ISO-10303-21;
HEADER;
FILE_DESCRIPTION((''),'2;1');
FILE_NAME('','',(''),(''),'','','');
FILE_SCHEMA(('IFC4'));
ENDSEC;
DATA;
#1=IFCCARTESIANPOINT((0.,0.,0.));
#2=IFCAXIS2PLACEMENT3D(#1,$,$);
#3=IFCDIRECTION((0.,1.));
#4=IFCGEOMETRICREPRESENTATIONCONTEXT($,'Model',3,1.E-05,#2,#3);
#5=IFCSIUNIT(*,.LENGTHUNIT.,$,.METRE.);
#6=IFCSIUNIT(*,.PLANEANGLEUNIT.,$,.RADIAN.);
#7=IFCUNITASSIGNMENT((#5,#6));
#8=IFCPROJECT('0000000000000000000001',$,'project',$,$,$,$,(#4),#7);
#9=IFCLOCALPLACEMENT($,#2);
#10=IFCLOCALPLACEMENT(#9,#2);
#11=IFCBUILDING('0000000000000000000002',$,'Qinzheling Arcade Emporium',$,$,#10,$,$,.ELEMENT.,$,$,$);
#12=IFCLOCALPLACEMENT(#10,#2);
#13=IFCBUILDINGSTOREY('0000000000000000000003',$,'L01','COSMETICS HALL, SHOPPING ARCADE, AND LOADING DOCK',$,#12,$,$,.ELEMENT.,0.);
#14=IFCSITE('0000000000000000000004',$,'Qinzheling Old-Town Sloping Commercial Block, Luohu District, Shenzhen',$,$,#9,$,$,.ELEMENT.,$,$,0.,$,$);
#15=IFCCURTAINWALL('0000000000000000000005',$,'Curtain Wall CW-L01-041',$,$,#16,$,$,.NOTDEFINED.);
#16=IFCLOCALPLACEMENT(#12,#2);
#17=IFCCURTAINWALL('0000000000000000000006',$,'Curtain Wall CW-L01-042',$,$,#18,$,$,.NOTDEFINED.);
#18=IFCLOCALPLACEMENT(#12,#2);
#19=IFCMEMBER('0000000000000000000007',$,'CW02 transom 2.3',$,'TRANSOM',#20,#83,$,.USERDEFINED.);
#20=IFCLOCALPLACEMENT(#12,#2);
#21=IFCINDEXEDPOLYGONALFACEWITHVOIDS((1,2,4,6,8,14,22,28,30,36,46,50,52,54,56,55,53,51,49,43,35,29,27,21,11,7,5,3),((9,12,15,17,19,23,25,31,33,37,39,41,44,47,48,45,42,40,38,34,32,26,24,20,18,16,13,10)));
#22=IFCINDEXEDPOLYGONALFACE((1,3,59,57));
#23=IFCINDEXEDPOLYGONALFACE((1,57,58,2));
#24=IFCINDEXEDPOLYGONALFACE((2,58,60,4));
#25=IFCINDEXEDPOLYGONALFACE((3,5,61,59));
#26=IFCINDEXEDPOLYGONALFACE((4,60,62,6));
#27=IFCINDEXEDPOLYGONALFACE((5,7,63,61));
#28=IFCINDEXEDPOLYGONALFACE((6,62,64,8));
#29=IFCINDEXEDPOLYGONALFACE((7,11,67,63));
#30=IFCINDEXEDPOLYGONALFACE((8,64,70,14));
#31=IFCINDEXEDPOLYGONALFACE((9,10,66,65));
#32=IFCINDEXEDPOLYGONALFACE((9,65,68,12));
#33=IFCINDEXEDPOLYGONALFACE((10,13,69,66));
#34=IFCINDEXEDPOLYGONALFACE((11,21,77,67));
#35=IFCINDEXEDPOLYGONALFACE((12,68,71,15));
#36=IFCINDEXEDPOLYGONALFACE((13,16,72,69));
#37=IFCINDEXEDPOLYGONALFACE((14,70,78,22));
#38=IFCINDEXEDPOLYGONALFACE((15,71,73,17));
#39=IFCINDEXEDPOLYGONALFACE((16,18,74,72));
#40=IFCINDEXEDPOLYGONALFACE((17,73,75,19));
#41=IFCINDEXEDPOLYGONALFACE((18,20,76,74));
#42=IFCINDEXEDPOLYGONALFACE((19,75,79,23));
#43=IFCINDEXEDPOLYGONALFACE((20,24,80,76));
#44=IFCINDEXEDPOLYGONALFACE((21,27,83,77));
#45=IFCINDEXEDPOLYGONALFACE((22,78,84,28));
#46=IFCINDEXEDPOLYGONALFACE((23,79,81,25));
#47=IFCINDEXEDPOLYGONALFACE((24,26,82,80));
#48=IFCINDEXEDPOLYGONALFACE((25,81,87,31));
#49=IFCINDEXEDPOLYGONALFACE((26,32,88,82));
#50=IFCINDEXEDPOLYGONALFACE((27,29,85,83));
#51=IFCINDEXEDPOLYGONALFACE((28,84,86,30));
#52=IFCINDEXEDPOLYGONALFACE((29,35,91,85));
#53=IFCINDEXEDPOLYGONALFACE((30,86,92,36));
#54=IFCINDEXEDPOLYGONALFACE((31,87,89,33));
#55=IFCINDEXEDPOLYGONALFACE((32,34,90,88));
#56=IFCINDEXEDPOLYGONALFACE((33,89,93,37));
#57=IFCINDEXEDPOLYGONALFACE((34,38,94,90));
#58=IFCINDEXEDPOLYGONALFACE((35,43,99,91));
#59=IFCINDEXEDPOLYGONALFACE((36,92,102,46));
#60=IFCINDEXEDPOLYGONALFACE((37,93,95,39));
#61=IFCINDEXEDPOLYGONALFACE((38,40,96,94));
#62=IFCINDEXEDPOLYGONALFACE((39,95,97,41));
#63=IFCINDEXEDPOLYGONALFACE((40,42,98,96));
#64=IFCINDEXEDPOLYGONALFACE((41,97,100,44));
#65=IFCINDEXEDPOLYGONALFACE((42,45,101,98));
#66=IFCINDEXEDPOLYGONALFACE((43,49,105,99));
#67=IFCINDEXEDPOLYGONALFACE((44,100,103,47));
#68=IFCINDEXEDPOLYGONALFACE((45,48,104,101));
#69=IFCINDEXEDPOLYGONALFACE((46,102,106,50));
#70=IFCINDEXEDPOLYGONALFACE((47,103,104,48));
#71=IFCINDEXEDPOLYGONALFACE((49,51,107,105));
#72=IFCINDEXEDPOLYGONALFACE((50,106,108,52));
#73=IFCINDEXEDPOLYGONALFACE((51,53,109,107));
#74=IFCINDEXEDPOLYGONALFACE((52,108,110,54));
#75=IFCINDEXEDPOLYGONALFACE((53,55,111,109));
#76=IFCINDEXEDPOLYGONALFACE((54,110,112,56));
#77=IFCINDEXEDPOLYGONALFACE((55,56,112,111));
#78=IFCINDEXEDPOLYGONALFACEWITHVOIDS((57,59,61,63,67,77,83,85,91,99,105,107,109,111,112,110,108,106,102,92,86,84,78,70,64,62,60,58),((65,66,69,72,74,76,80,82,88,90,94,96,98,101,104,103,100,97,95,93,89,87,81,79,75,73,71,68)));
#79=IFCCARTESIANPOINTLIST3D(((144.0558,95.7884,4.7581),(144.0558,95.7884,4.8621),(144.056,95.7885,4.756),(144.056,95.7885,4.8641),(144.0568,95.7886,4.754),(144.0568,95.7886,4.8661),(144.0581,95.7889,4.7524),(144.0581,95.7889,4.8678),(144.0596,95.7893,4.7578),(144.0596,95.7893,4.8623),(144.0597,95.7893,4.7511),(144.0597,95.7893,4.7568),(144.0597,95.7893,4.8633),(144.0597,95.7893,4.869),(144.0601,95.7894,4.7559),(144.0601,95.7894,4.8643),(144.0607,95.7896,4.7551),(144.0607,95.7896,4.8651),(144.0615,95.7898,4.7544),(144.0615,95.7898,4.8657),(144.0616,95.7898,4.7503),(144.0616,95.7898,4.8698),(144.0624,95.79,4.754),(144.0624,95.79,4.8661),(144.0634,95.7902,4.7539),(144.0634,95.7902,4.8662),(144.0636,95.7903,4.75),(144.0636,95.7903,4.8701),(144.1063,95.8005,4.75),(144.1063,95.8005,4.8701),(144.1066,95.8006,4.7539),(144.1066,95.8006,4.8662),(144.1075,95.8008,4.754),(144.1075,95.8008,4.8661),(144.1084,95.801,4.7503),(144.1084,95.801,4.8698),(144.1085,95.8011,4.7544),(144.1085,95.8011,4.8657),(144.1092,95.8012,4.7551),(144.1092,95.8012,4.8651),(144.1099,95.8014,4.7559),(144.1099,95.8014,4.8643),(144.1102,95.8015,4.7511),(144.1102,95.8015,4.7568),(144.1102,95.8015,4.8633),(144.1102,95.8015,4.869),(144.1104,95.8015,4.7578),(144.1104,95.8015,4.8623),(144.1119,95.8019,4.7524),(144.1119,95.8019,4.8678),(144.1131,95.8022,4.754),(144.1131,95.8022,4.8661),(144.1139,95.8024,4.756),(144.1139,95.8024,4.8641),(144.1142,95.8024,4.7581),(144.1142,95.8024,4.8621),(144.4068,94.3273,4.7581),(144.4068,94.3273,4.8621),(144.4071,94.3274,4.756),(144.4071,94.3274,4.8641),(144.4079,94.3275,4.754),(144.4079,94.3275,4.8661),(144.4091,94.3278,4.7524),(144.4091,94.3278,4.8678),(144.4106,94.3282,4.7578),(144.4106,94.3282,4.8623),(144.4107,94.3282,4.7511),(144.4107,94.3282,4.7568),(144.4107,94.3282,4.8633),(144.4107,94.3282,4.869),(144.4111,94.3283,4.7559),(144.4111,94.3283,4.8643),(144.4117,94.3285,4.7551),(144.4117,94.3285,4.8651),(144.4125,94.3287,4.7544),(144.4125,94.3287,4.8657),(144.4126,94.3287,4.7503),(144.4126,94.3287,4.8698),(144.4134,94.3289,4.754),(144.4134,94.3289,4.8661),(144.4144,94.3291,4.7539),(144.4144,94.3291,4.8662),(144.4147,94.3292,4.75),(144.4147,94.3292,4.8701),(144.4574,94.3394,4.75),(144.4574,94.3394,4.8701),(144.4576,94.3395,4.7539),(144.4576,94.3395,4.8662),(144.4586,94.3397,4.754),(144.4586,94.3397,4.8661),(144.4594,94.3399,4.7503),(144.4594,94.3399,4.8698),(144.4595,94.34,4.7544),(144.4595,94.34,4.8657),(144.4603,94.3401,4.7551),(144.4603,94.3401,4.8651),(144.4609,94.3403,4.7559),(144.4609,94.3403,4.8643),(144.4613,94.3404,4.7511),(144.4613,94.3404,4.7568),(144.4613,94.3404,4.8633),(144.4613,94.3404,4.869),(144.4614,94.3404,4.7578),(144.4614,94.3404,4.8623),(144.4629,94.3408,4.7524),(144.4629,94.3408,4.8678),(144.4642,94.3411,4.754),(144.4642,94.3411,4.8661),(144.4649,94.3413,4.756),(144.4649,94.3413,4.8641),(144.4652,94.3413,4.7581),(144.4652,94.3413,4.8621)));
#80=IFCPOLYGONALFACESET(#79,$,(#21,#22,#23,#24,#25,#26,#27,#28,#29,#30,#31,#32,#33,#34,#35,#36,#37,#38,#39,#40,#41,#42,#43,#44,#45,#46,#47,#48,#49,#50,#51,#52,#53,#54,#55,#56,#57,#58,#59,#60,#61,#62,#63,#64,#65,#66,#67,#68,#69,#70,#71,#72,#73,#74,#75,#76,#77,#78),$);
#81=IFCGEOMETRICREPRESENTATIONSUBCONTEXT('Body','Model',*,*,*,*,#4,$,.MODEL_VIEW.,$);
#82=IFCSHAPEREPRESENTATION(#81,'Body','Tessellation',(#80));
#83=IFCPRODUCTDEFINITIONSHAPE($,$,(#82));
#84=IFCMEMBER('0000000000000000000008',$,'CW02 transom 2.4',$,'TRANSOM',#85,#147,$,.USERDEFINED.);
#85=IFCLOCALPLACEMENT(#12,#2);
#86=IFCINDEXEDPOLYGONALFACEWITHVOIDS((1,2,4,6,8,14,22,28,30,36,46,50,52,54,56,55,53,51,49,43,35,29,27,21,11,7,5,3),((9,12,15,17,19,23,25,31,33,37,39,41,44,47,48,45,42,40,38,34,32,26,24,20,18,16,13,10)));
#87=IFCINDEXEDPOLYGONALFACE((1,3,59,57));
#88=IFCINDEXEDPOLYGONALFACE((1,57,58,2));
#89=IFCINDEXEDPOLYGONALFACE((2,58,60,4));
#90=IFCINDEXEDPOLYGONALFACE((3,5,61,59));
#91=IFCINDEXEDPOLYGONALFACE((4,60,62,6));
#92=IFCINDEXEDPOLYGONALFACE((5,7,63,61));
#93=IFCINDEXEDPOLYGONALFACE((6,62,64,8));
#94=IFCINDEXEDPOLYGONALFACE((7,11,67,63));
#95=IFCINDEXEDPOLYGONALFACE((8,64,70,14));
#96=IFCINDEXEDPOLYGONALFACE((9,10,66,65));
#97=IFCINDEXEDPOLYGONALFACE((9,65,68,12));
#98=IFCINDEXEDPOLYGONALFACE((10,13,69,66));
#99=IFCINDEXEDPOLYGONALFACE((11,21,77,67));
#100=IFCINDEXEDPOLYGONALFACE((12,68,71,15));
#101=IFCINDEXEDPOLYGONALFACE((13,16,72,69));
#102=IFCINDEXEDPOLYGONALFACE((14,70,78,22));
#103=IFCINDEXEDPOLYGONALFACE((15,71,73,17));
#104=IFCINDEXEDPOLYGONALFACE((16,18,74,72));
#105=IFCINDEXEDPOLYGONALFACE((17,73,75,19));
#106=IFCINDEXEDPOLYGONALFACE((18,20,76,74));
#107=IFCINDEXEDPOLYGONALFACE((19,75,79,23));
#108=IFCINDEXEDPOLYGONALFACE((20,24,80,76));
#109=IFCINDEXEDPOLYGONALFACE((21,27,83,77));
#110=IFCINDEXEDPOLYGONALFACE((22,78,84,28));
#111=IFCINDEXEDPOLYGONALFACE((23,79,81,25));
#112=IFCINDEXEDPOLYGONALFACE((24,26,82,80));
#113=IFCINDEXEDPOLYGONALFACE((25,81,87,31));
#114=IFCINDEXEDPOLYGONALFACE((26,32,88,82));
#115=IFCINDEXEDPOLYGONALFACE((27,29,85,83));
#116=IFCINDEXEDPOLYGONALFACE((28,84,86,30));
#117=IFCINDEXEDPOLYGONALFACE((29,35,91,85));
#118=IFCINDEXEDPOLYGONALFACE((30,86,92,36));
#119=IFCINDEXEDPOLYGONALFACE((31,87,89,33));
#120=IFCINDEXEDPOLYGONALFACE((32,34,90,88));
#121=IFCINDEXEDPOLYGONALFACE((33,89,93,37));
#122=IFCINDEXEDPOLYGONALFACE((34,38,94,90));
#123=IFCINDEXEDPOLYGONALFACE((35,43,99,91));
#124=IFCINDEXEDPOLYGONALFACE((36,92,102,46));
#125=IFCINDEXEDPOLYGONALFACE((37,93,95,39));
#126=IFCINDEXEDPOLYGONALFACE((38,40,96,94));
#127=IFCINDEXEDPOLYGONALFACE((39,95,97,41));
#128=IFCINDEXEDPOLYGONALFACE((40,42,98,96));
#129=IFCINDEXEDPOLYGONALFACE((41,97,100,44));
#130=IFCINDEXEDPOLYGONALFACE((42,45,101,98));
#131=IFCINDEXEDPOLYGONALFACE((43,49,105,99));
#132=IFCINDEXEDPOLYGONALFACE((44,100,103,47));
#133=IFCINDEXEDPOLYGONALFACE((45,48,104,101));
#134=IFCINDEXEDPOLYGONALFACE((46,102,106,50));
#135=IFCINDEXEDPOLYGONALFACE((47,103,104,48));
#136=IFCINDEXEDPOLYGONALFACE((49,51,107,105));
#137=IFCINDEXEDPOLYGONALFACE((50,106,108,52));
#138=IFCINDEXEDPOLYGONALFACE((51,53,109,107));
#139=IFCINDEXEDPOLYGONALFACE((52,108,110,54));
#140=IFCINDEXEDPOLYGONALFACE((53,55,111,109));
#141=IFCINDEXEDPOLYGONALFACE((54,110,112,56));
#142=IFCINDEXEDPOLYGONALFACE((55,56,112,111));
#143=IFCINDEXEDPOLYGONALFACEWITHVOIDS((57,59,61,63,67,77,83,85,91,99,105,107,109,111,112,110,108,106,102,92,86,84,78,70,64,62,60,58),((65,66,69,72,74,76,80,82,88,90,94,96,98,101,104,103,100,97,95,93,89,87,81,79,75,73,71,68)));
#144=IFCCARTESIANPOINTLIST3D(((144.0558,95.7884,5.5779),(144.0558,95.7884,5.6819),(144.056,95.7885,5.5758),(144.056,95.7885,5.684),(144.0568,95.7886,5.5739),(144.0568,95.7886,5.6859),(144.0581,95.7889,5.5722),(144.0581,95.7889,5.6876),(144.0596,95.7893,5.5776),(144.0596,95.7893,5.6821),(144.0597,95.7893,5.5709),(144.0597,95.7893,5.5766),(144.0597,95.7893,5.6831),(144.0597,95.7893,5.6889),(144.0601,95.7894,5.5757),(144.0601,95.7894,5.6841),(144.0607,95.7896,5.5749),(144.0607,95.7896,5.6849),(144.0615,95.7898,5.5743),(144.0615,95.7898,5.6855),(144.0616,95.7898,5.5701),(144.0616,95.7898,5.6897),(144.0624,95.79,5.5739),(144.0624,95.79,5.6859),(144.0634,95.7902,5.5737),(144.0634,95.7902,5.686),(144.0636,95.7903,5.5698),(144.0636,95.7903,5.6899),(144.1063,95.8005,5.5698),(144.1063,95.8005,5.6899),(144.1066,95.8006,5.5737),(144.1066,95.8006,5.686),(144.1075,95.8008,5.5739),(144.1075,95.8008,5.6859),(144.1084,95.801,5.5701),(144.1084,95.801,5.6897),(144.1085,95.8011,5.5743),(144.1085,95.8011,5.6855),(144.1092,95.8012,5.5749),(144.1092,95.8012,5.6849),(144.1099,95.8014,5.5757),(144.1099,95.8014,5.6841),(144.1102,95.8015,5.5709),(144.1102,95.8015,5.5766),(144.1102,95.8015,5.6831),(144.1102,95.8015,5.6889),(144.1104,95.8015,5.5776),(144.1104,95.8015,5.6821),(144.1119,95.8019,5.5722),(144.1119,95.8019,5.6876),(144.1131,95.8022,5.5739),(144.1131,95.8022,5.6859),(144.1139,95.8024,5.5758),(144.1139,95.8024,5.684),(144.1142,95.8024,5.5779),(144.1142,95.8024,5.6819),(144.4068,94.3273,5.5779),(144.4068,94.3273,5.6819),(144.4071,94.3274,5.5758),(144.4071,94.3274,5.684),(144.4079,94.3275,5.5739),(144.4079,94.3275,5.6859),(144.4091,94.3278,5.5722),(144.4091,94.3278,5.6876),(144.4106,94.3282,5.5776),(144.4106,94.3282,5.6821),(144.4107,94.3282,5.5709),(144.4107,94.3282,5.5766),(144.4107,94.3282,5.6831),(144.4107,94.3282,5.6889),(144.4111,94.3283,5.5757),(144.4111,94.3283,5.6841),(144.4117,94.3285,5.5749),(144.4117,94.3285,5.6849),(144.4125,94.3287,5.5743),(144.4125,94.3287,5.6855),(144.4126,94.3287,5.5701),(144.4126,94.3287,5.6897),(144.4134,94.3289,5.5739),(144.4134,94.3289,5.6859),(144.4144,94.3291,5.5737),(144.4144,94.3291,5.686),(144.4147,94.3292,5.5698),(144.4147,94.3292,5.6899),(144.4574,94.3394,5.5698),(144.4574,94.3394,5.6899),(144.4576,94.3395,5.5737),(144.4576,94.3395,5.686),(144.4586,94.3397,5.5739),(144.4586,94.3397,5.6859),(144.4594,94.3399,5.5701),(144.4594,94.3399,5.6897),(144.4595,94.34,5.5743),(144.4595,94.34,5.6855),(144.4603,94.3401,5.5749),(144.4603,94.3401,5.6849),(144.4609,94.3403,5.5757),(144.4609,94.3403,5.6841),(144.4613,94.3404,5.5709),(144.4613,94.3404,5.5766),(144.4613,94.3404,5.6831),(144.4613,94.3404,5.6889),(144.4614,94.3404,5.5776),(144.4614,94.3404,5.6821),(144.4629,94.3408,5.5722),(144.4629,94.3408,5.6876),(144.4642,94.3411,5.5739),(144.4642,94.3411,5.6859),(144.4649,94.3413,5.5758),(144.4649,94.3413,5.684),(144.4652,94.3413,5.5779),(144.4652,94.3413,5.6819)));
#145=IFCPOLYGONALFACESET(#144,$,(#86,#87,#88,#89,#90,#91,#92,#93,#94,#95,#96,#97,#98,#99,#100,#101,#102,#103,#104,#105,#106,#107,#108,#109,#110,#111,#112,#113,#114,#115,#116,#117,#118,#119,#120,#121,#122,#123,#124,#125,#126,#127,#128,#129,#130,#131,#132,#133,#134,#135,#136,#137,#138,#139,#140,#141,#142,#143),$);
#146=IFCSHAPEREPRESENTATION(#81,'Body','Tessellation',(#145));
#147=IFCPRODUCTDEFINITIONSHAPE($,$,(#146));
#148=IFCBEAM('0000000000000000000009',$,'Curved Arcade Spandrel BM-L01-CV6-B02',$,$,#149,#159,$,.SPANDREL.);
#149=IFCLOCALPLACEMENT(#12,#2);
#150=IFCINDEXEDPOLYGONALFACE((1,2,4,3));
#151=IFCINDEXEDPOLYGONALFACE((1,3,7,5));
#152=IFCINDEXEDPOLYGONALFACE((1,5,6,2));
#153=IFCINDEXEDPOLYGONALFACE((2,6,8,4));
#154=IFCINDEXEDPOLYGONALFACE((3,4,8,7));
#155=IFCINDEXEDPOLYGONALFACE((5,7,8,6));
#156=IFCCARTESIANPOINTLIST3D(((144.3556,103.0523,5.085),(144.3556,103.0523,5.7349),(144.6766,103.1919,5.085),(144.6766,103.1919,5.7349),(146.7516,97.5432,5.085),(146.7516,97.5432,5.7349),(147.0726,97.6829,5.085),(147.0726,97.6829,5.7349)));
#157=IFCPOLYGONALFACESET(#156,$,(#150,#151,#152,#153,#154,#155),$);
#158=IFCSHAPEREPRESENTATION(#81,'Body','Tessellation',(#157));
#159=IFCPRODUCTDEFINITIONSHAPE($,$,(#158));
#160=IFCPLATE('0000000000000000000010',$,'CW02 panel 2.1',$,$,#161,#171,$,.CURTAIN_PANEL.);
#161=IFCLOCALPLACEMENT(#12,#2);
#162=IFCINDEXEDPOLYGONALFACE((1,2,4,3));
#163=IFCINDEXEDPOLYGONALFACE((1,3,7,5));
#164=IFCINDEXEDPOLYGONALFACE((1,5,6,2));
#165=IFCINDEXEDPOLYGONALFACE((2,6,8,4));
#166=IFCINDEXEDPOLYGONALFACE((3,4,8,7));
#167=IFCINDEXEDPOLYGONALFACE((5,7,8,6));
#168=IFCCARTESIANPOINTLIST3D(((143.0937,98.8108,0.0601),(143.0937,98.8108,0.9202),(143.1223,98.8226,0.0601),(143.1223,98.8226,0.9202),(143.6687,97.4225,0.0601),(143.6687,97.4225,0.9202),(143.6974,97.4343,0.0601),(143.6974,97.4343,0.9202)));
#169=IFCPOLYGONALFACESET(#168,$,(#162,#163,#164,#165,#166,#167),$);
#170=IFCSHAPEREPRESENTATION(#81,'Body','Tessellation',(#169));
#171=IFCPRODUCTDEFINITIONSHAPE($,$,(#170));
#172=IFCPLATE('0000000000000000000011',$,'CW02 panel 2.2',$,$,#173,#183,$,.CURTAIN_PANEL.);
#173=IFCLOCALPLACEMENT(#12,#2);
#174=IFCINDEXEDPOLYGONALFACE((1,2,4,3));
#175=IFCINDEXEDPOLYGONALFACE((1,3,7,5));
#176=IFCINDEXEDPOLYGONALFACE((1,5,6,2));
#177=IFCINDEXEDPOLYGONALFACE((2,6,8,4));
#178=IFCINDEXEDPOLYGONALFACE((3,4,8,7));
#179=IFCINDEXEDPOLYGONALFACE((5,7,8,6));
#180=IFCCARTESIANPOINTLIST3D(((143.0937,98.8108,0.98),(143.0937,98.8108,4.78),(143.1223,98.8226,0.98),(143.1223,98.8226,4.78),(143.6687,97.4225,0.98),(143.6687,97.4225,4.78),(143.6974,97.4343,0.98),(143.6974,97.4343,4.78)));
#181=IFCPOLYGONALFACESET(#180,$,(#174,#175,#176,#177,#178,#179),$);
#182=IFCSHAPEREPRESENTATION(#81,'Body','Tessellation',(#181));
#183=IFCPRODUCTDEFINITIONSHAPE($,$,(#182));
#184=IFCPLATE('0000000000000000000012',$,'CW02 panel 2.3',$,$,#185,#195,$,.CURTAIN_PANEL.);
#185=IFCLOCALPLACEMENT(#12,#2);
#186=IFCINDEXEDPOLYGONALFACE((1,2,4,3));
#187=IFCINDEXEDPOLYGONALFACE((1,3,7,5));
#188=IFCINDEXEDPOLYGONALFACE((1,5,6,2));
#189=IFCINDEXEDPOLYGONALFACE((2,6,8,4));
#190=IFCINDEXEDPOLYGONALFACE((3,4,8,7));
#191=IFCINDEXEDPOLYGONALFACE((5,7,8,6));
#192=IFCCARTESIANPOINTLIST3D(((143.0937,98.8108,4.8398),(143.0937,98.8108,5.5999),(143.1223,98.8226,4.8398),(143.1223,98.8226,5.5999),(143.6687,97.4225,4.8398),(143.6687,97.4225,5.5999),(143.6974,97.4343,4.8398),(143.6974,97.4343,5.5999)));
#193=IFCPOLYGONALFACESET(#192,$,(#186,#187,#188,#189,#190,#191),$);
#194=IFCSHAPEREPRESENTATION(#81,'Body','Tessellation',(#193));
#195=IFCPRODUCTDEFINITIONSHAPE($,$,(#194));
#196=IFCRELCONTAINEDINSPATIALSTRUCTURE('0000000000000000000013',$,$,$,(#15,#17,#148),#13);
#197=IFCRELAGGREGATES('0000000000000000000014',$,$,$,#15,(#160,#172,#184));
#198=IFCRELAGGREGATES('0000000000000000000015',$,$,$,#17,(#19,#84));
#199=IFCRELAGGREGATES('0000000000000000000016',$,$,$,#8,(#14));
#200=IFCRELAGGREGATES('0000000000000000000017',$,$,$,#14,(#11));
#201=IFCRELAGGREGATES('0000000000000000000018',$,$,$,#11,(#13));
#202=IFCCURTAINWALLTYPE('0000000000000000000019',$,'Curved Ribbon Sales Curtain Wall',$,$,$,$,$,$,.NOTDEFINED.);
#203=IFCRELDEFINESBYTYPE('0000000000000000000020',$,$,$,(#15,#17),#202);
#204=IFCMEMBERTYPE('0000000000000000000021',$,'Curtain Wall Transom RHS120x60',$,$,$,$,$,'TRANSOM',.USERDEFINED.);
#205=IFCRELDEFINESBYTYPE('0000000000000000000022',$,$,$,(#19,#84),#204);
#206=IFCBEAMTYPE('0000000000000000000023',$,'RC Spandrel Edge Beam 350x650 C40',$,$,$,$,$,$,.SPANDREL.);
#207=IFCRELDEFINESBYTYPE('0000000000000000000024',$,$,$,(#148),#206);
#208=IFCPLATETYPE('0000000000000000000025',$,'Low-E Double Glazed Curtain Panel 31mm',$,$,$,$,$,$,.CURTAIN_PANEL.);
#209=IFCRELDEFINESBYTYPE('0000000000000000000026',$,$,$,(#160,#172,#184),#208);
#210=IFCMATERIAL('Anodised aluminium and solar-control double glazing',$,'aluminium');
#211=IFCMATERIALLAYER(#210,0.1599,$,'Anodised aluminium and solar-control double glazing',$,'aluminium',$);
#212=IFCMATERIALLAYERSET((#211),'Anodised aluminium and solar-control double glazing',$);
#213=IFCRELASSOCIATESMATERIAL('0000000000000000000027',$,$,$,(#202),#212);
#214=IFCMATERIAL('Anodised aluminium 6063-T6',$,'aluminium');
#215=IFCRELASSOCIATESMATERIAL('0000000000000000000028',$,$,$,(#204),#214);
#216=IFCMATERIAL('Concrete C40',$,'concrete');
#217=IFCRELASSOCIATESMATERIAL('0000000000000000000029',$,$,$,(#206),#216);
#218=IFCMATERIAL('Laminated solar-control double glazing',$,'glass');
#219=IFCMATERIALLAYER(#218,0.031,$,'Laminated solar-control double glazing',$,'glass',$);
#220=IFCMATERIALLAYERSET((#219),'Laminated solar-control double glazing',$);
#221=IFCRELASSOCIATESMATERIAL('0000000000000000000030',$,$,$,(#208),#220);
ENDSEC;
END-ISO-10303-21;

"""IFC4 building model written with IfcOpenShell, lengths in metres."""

from ifc_helpers import new_model, si_unit, direction, frame, origin, origin_2d, place, context, subcontext, project, spatial, rectangle, hollow_rectangle, extrude, material, layer, layer_set, material_profile, profile_set, type_object, element, aggregate, save


model = new_model("IFC4")

# Units and contexts
model_context = context("Model", 3, precision=1e-05, world=origin(), true_north=direction((0.0, 1.0)))
body_context = subcontext(model_context, "Body", "Model", "MODEL_VIEW")
ifc_project = project(units=[si_unit("LENGTHUNIT", "METRE"), si_unit("PLANEANGLEUNIT", "RADIAN")], contexts=[model_context])

# Site, building, storey
site_placement = place(None, origin())
site = spatial("IfcSite", under=ifc_project, at=site_placement, Name="Qinzheling Old-Town Sloping Commercial Block, Luohu District, Shenzhen", CompositionType="ELEMENT", RefElevation=0.0)
building_placement = place(site_placement, origin())
building = spatial("IfcBuilding", under=site, at=building_placement, Name="Qinzheling Arcade Emporium", CompositionType="ELEMENT")
storey_placement = place(building_placement, origin())
storey = spatial("IfcBuildingStorey", under=building, at=storey_placement, Name="L01", Description="COSMETICS HALL, SHOPPING ARCADE, AND LOADING DOCK", CompositionType="ELEMENT", Elevation=0.0)

# Curtain walls
ifc_material_1 = material(Name="Anodised aluminium and solar-control double glazing", Category="aluminium")
ifc_layer_1 = layer(ifc_material_1, 0.1599, Name="Anodised aluminium and solar-control double glazing", Category="aluminium")
ifc_layer_set_1 = layer_set([ifc_layer_1], Name="Anodised aluminium and solar-control double glazing")
curtain_wall_type = type_object("IfcCurtainWallType", Name="Curved Ribbon Sales Curtain Wall", PredefinedType="NOTDEFINED", material=ifc_layer_set_1)
curtain_wall_1_placement = place(storey_placement, origin())
curtain_wall_1 = element("IfcCurtainWall", 1, at=curtain_wall_1_placement, inside=storey, type_object=curtain_wall_type, Name="Curtain Wall CW-L01-041", PredefinedType="NOTDEFINED")
ifc_material_2 = material(Name="Anodised aluminium 6063-T6", Category="aluminium")
curtain_wall_2_placement = place(storey_placement, origin())
curtain_wall_2 = element("IfcCurtainWall", 2, at=curtain_wall_2_placement, inside=storey, type_object=curtain_wall_type, Name="Curtain Wall CW-L01-042", PredefinedType="NOTDEFINED")

# Members
ifc_material_profile_1 = material_profile(ifc_material_2, hollow_rectangle(XDim=0.0601, YDim=0.1201, WallThickness=0.0039, InnerFilletRadius=0.0039, OuterFilletRadius=0.0081, at=origin_2d()), Name="RHS 120x60x4", Category="aluminium")
ifc_profile_set_1 = profile_set([ifc_material_profile_1], Name="Anodised aluminium 6063-T6")
member_type_1 = type_object("IfcMemberType", Name="Curtain Wall Transom RHS120x60", ElementType="TRANSOM", PredefinedType="USERDEFINED", material=ifc_profile_set_1)
member_1_placement = place(storey_placement, frame((144.085, 95.7954, 4.8101), z_axis=(0.233619, -0.972328, 0.0), x_axis=(0.972328, 0.233619, 0.0)))
member_1 = element("IfcMember", 3, at=member_1_placement, type_object=member_type_1, Name="CW02 transom 2.3", ObjectType="TRANSOM", PredefinedType="USERDEFINED", context=body_context, shape_type="SweptSolid", body=[
    extrude(hollow_rectangle(XDim=0.0601, YDim=0.1201, WallThickness=0.0039, InnerFilletRadius=0.0039, OuterFilletRadius=0.0081, at=origin_2d()), origin(), (0.0, 0.0, 1.0), 1.5027),
])
member_2_placement = place(storey_placement, frame((144.085, 95.7954, 5.6299), z_axis=(0.233619, -0.972328, 0.0), x_axis=(0.972328, 0.233619, 0.0)))
member_2 = element("IfcMember", 4, at=member_2_placement, type_object=member_type_1, Name="CW02 transom 2.4", ObjectType="TRANSOM", PredefinedType="USERDEFINED", context=body_context, shape_type="SweptSolid", body=[
    extrude(hollow_rectangle(XDim=0.0601, YDim=0.1201, WallThickness=0.0039, InnerFilletRadius=0.0039, OuterFilletRadius=0.0081, at=origin_2d()), origin(), (0.0, 0.0, 1.0), 1.5027),
])

# Beam
ifc_material_3 = material(Name="Concrete C40", Category="concrete")
ifc_material_profile_2 = material_profile(ifc_material_3, rectangle(XDim=0.3501, YDim=0.6499, at=origin_2d()), Name="RC 350x650", Category="concrete")
ifc_profile_set_2 = profile_set([ifc_material_profile_2], Name="Concrete C40")
beam_type_1 = type_object("IfcBeamType", Name="RC Spandrel Edge Beam 350x650 C40", PredefinedType="SPANDREL", material=ifc_profile_set_2)
beam_1_placement = place(storey_placement, frame((146.9121, 97.613, 5.4099), z_axis=(-0.398833, 0.917024, 0.0), x_axis=(-0.917024, -0.398833, 0.0)))
element("IfcBeam", 5, at=beam_1_placement, inside=storey, type_object=beam_type_1, Name="Curved Arcade Spandrel BM-L01-CV6-B02", PredefinedType="SPANDREL", context=body_context, shape_type="SweptSolid", body=[
    extrude(rectangle(XDim=0.3501, YDim=0.6499, at=origin_2d()), origin(), (0.0, 0.0, 1.0), 6.0076),
])

# Plates
ifc_material_4 = material(Name="Laminated solar-control double glazing", Category="glass")
ifc_layer_2 = layer(ifc_material_4, 0.031, Name="Laminated solar-control double glazing", Category="glass")
ifc_layer_set_2 = layer_set([ifc_layer_2], Name="Laminated solar-control double glazing")
plate_type_1 = type_object("IfcPlateType", Name="Low-E Double Glazed Curtain Panel 31mm", PredefinedType="CURTAIN_PANEL", material=ifc_layer_set_2)
plate_1_placement = place(storey_placement, frame((143.3955, 98.1226, 0.0601), z_axis=(0.0, 0.0, 1.0), x_axis=(0.382675, -0.923883, 0.0)))
plate_1 = element("IfcPlate", 6, at=plate_1_placement, type_object=plate_type_1, Name="CW02 panel 2.1", PredefinedType="CURTAIN_PANEL", context=body_context, shape_type="SweptSolid", body=[
    extrude(rectangle(XDim=1.5027, YDim=0.031, at=origin_2d()), origin(), (0.0, 0.0, 1.0), 0.8601),
])
plate_2_placement = place(storey_placement, frame((143.3955, 98.1226, 0.98), z_axis=(0.0, 0.0, 1.0), x_axis=(0.382675, -0.923883, 0.0)))
plate_2 = element("IfcPlate", 7, at=plate_2_placement, type_object=plate_type_1, Name="CW02 panel 2.2", PredefinedType="CURTAIN_PANEL", context=body_context, shape_type="SweptSolid", body=[
    extrude(rectangle(XDim=1.5027, YDim=0.031, at=origin_2d()), origin(), (0.0, 0.0, 1.0), 3.8),
])
plate_3_placement = place(storey_placement, frame((143.3955, 98.1226, 4.8398), z_axis=(0.0, 0.0, 1.0), x_axis=(0.382675, -0.923883, 0.0)))
plate_3 = element("IfcPlate", 8, at=plate_3_placement, type_object=plate_type_1, Name="CW02 panel 2.3", PredefinedType="CURTAIN_PANEL", context=body_context, shape_type="SweptSolid", body=[
    extrude(rectangle(XDim=1.5027, YDim=0.031, at=origin_2d()), origin(), (0.0, 0.0, 1.0), 0.76),
])
aggregate(curtain_wall_1, [plate_1, plate_2, plate_3])
aggregate(curtain_wall_2, [member_1, member_2])

save(model, "model.ifc")
